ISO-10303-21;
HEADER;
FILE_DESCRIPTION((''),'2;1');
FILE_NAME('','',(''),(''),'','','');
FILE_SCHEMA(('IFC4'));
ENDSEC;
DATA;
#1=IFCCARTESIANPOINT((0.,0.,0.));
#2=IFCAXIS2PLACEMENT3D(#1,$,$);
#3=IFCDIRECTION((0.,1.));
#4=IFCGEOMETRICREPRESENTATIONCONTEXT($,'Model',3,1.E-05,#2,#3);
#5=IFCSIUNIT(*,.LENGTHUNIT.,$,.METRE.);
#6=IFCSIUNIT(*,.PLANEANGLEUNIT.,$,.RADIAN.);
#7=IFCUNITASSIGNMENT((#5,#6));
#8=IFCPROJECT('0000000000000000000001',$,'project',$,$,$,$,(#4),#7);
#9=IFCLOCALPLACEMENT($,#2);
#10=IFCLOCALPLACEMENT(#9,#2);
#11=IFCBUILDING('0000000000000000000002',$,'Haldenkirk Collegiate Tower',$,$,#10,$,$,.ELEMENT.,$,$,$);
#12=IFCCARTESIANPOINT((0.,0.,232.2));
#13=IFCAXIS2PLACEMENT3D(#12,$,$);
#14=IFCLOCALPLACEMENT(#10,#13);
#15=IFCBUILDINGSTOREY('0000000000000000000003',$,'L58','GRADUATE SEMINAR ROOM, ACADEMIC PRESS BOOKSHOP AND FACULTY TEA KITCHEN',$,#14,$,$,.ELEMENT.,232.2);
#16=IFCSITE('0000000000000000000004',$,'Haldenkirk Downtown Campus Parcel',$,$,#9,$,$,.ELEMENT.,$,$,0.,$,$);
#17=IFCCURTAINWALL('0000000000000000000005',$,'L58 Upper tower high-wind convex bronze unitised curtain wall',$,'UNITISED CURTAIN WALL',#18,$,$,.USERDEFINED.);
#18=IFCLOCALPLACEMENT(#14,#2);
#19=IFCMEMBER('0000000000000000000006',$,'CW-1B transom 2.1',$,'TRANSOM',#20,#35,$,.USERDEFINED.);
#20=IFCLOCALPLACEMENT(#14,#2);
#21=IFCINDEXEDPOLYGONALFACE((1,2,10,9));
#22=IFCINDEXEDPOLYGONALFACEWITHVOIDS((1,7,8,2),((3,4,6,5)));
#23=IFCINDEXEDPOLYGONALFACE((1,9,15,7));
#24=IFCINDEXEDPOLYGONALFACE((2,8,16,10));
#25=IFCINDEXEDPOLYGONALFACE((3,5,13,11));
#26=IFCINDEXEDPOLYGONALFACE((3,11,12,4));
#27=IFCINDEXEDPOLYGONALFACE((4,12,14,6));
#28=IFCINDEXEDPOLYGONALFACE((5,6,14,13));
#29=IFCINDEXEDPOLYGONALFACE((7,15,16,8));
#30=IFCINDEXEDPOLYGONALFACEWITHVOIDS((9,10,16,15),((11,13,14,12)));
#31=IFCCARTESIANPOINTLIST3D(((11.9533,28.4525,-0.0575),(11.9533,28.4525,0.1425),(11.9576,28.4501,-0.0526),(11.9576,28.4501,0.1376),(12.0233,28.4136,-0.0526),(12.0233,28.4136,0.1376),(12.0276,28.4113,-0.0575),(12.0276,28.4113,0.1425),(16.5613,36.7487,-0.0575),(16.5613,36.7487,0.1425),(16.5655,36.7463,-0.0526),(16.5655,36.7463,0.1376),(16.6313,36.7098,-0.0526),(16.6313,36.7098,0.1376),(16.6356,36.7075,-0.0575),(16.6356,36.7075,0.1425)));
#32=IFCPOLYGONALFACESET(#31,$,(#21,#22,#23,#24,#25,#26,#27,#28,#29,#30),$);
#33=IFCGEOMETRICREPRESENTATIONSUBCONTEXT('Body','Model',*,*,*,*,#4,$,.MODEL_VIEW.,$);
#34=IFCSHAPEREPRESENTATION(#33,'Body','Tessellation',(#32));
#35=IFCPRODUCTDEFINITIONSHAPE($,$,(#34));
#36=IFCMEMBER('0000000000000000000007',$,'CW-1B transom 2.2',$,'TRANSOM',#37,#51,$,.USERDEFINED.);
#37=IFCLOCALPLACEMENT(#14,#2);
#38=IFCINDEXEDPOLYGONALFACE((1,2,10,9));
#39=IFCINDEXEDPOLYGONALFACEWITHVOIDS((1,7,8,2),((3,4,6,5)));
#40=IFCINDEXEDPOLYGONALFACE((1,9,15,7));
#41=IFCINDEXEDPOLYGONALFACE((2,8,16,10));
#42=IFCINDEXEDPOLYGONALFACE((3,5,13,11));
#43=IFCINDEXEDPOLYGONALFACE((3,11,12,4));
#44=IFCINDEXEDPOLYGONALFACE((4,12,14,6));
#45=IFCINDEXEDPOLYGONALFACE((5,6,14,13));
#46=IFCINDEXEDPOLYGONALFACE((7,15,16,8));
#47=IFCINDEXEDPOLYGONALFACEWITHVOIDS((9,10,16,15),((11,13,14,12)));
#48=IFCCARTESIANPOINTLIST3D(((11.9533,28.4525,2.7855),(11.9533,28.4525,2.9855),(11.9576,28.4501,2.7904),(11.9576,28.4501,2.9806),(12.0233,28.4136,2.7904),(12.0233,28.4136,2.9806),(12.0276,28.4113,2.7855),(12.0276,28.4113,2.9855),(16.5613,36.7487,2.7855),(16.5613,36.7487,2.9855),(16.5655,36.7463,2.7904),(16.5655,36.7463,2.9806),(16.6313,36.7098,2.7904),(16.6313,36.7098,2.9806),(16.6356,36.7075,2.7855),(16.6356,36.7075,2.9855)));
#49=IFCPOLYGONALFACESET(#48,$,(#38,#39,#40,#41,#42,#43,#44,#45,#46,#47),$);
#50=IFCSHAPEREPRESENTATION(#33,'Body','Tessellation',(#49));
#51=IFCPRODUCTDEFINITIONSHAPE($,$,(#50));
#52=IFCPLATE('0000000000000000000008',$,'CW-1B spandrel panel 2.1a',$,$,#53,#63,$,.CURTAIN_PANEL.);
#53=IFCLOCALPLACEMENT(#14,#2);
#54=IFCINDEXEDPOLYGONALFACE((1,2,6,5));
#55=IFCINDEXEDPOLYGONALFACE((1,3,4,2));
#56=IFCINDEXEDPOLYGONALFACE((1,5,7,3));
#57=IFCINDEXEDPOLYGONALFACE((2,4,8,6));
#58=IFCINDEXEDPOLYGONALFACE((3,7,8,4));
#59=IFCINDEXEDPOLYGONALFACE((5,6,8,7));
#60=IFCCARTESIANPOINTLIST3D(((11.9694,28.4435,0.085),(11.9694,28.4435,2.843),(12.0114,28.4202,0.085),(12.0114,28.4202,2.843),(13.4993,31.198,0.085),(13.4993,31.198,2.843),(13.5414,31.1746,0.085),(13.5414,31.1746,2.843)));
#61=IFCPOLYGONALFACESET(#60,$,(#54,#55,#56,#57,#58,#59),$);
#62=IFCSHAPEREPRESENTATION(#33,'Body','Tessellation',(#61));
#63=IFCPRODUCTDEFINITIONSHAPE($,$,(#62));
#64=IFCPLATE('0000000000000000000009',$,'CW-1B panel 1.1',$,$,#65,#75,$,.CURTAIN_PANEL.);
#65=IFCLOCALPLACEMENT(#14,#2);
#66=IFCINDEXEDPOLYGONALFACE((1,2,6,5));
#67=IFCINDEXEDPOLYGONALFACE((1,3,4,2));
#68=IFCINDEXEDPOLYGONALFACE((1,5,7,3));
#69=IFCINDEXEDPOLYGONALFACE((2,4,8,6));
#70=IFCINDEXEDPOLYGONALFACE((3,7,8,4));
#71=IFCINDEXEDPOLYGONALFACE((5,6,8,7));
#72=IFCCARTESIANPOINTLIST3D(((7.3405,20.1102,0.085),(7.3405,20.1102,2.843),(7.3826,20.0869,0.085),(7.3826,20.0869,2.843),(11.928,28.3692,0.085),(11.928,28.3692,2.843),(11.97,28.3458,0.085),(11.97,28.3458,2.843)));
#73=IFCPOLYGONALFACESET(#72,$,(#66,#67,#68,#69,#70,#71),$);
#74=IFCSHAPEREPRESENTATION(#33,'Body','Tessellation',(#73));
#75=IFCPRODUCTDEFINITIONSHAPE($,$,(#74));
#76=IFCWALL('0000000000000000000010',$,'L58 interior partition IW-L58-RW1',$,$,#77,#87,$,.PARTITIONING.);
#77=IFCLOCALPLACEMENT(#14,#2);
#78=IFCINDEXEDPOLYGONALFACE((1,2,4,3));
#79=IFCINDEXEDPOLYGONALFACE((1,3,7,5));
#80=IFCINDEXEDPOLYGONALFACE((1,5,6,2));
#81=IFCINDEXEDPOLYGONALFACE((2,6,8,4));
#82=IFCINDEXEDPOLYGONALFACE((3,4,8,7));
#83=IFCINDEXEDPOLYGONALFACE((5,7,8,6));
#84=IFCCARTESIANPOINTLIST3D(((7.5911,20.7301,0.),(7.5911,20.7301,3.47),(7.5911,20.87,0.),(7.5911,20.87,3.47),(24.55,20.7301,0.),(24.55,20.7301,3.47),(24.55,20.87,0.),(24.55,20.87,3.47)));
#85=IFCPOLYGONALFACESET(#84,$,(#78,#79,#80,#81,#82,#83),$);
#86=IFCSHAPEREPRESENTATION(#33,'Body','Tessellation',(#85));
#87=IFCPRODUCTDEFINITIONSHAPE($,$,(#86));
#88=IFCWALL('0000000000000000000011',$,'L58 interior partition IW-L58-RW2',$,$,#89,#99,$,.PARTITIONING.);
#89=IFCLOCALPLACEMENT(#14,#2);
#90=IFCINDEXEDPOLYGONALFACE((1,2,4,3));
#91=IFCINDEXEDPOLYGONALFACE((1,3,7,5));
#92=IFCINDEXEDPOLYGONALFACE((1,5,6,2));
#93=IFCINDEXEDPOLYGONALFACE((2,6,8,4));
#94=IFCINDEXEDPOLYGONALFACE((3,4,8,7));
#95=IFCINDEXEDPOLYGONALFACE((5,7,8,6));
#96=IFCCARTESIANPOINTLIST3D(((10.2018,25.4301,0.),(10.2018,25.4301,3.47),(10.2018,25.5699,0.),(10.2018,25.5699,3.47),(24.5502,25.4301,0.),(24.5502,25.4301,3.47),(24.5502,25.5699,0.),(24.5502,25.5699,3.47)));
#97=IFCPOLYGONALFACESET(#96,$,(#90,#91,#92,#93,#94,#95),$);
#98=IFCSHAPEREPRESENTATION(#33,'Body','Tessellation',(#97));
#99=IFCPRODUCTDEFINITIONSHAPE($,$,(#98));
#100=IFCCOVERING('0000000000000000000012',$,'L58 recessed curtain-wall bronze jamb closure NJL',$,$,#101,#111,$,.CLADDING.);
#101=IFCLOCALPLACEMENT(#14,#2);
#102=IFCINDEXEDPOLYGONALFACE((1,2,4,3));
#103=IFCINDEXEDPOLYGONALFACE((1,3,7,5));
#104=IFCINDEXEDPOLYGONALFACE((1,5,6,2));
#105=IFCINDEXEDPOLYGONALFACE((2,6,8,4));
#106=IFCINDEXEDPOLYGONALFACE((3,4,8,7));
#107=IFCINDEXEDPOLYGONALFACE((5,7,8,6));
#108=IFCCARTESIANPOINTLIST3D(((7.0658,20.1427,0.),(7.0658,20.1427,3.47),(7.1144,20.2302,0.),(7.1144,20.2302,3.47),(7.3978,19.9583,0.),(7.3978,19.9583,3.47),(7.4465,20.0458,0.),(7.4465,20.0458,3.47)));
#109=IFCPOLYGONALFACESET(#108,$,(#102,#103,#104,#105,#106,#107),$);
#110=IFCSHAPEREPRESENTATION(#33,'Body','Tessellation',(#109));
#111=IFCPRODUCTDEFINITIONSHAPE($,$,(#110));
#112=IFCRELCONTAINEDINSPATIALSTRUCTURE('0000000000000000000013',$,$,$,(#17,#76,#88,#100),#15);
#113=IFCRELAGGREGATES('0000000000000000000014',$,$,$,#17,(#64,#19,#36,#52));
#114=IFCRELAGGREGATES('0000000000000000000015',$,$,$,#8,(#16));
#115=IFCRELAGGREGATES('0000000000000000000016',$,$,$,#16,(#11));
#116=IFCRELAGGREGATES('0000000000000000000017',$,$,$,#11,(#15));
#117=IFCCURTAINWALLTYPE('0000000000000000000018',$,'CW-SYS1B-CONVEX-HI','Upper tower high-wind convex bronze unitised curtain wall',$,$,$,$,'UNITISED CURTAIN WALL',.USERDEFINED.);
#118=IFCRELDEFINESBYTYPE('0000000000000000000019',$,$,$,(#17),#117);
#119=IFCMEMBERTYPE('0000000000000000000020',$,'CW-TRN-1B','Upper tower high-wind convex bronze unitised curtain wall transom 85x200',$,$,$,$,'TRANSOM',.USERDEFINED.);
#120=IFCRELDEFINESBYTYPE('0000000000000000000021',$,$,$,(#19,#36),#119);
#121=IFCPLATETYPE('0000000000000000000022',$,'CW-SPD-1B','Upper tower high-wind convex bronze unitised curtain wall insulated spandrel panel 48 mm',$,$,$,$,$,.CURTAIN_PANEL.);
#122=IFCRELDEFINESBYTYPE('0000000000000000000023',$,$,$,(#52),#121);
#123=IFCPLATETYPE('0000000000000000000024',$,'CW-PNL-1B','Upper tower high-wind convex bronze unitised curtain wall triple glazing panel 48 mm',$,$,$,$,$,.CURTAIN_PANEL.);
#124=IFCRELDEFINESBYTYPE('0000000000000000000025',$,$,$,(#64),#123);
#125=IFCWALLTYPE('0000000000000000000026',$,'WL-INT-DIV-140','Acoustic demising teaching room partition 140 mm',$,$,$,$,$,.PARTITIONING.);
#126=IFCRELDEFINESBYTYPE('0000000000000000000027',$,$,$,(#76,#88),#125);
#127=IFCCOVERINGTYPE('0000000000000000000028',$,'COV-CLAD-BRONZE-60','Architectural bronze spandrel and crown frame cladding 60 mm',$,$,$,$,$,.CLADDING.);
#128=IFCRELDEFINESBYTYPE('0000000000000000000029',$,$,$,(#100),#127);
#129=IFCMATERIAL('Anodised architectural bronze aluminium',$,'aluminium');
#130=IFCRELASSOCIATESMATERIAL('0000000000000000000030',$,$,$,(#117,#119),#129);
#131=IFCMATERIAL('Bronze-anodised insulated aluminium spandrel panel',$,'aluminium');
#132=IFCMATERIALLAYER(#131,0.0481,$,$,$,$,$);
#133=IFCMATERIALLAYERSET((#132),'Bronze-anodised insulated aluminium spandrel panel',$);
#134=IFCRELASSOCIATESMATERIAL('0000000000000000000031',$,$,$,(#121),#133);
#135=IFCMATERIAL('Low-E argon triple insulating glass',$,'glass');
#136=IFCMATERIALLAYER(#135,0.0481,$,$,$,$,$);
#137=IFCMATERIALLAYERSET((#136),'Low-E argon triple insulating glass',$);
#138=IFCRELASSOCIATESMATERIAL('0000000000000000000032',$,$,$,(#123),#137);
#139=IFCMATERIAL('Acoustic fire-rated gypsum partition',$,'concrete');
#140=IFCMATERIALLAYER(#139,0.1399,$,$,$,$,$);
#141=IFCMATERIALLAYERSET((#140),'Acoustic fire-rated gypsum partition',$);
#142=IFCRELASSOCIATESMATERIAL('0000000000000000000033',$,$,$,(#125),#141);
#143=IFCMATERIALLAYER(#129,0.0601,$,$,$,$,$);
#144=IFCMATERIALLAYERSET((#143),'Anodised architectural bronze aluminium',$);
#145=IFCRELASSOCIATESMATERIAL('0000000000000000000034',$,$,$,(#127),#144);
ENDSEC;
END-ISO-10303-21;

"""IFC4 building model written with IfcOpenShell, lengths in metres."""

from ifc_helpers import new_model, si_unit, direction, frame, frame_2d, origin, origin_2d, place, context, subcontext, project, spatial, rectangle, hollow_rectangle, extrude, source, transform, mapped, material, layer, layer_set, material_profile, profile_set, type_object, element, aggregate, save


model = new_model("IFC4")

# Units and contexts
model_context = context("Model", 3, precision=1e-05, world=origin(), true_north=direction((0.0, 1.0)))
body_context = subcontext(model_context, "Body", "Model", "MODEL_VIEW")
ifc_project = project(units=[si_unit("LENGTHUNIT", "METRE"), si_unit("PLANEANGLEUNIT", "RADIAN")], contexts=[model_context])

# Site, building, storey
site_placement = place(None, origin())
site = spatial("IfcSite", under=ifc_project, at=site_placement, Name="Haldenkirk Downtown Campus Parcel", CompositionType="ELEMENT", RefElevation=0.0)
building_placement = place(site_placement, origin())
building = spatial("IfcBuilding", under=site, at=building_placement, Name="Haldenkirk Collegiate Tower", CompositionType="ELEMENT")
storey_placement = place(building_placement, frame((0.0, 0.0, 232.2)))
storey = spatial("IfcBuildingStorey", under=building, at=storey_placement, Name="L58", Description="GRADUATE SEMINAR ROOM, ACADEMIC PRESS BOOKSHOP AND FACULTY TEA KITCHEN", CompositionType="ELEMENT", Elevation=232.2)

# Curtain wall, members, plates
ifc_material_1 = material(Name="Anodised architectural bronze aluminium", Category="aluminium")
curtain_wall_type = type_object("IfcCurtainWallType", Name="CW-SYS1B-CONVEX-HI", Description="Upper tower high-wind convex bronze unitised curtain wall", ElementType="UNITISED CURTAIN WALL", PredefinedType="USERDEFINED", material=ifc_material_1)
curtain_wall_placement = place(storey_placement, origin())
curtain_wall = element("IfcCurtainWall", 1, at=curtain_wall_placement, inside=storey, type_object=curtain_wall_type, Name="L58 Upper tower high-wind convex bronze unitised curtain wall", ObjectType="UNITISED CURTAIN WALL", PredefinedType="USERDEFINED")
ifc_material_profile_1 = material_profile(ifc_material_1, hollow_rectangle(XDim=0.085, YDim=0.2, WallThickness=0.0049, at=origin_2d()), Name="CW-TRN-1B")
ifc_profile_set_1 = profile_set([ifc_material_profile_1], Name="Anodised architectural bronze aluminium")
member_type_1 = type_object("IfcMemberType", Name="CW-TRN-1B", Description="Upper tower high-wind convex bronze unitised curtain wall transom 85x200", ElementType="TRANSOM", PredefinedType="USERDEFINED", material=ifc_profile_set_1)
member_1_placement = place(storey_placement, frame((11.9905, 28.4319, 0.0425), z_axis=(0.485558, 0.874205, 0.0), x_axis=(-0.874205, 0.485558, 0.0)))
member_1 = element("IfcMember", 2, at=member_1_placement, type_object=member_type_1, Name="CW-1B transom 2.1", ObjectType="TRANSOM", PredefinedType="USERDEFINED", context=body_context, shape_type="SweptSolid", body=[
    extrude(hollow_rectangle(XDim=0.085, YDim=0.2, WallThickness=0.0049, at=origin_2d()), origin(), (0.0, 0.0, 1.0), 9.49),
])
member_2_placement = place(storey_placement, frame((11.9905, 28.4319, 2.8855), z_axis=(0.485558, 0.874205, 0.0), x_axis=(-0.874205, 0.485558, 0.0)))
member_2 = element("IfcMember", 3, at=member_2_placement, type_object=member_type_1, Name="CW-1B transom 2.2", ObjectType="TRANSOM", PredefinedType="USERDEFINED", context=body_context, shape_type="SweptSolid", body=[
    extrude(hollow_rectangle(XDim=0.085, YDim=0.2, WallThickness=0.0049, at=origin_2d()), origin(), (0.0, 0.0, 1.0), 9.49),
])
ifc_material_2 = material(Name="Bronze-anodised insulated aluminium spandrel panel", Category="aluminium")
ifc_layer_1 = layer(ifc_material_2, 0.0481)
ifc_layer_set_1 = layer_set([ifc_layer_1], Name="Bronze-anodised insulated aluminium spandrel panel")
plate_type_1 = type_object("IfcPlateType", Name="CW-SPD-1B", Description="Upper tower high-wind convex bronze unitised curtain wall insulated spandrel panel 48 mm", PredefinedType="CURTAIN_PANEL", material=ifc_layer_set_1)
shared_shape_1 = source(origin(), body_context, "Body", "SweptSolid", [
    extrude(rectangle(XDim=3.1509, YDim=0.0481, at=origin_2d()), origin(), (0.0, 0.0, 1.0), 2.7581),
])
plate_1_placement = place(storey_placement, frame((12.7554, 29.8091, 0.085), z_axis=(0.0, 0.0, 1.0), x_axis=(0.485572, 0.874197, 0.0)))
plate_1 = element("IfcPlate", 4, at=plate_1_placement, type_object=plate_type_1, Name="CW-1B spandrel panel 2.1a", PredefinedType="CURTAIN_PANEL", context=body_context, shape_type="MappedRepresentation", body=[
    mapped(shared_shape_1, transform((0.0, 0.0, 0.0), x_axis=(1.0, 0.0, 0.0), y_axis=(0.0, 1.0, 0.0), z_axis=(0.0, 0.0, 1.0), scale=1.0)),
])
ifc_material_3 = material(Name="Low-E argon triple insulating glass", Category="glass")
ifc_layer_2 = layer(ifc_material_3, 0.0481)
ifc_layer_set_2 = layer_set([ifc_layer_2], Name="Low-E argon triple insulating glass")
plate_type_2 = type_object("IfcPlateType", Name="CW-PNL-1B", Description="Upper tower high-wind convex bronze unitised curtain wall triple glazing panel 48 mm", PredefinedType="CURTAIN_PANEL", material=ifc_layer_set_2)
shared_shape_2 = source(origin(), body_context, "Body", "SweptSolid", [
    extrude(rectangle(XDim=9.4475, YDim=0.0481, at=origin_2d()), origin(), (0.0, 0.0, 1.0), 2.7581),
])
plate_2_placement = place(storey_placement, frame((9.6553, 24.228, 0.085), z_axis=(0.0, 0.0, 1.0), x_axis=(0.485572, 0.874197, 0.0)))
plate_2 = element("IfcPlate", 5, at=plate_2_placement, type_object=plate_type_2, Name="CW-1B panel 1.1", PredefinedType="CURTAIN_PANEL", context=body_context, shape_type="MappedRepresentation", body=[
    mapped(shared_shape_2, transform((0.0, 0.0, 0.0), x_axis=(1.0, 0.0, 0.0), y_axis=(0.0, 1.0, 0.0), z_axis=(0.0, 0.0, 1.0), scale=1.0)),
])
aggregate(curtain_wall, [plate_2, member_1, member_2, plate_1])

# Walls
ifc_material_4 = material(Name="Acoustic fire-rated gypsum partition", Category="concrete")
ifc_layer_3 = layer(ifc_material_4, 0.1399)
ifc_layer_set_3 = layer_set([ifc_layer_3], Name="Acoustic fire-rated gypsum partition")
wall_type = type_object("IfcWallType", Name="WL-INT-DIV-140", Description="Acoustic demising teaching room partition 140 mm", PredefinedType="PARTITIONING", material=ifc_layer_set_3)
wall_1_placement = place(storey_placement, frame((7.5911, 20.8, 0.0), z_axis=(0.0, 0.0, 1.0), x_axis=(1.0, 0.0, 0.0)))
element("IfcWall", 6, at=wall_1_placement, inside=storey, type_object=wall_type, Name="L58 interior partition IW-L58-RW1", PredefinedType="PARTITIONING", context=body_context, shape_type="SweptSolid", body=[
    extrude(rectangle(XDim=16.959, YDim=0.1399, at=frame_2d((8.4795, 0.0))), origin(), (0.0, 0.0, 1.0), 3.47),
])
wall_2_placement = place(storey_placement, frame((10.2017, 25.5, 0.0), z_axis=(0.0, 0.0, 1.0), x_axis=(1.0, 0.0, 0.0)))
element("IfcWall", 7, at=wall_2_placement, inside=storey, type_object=wall_type, Name="L58 interior partition IW-L58-RW2", PredefinedType="PARTITIONING", context=body_context, shape_type="SweptSolid", body=[
    extrude(rectangle(XDim=14.3484, YDim=0.1399, at=frame_2d((7.1743, 0.0))), origin(), (0.0, 0.0, 1.0), 3.47),
])

# Covering
ifc_layer_4 = layer(ifc_material_1, 0.0601)
ifc_layer_set_4 = layer_set([ifc_layer_4], Name="Anodised architectural bronze aluminium")
covering_type = type_object("IfcCoveringType", Name="COV-CLAD-BRONZE-60", Description="Architectural bronze spandrel and crown frame cladding 60 mm", PredefinedType="CLADDING", material=ifc_layer_set_4)
shared_shape_3 = source(origin(), body_context, "Body", "SweptSolid", [
    extrude(rectangle(XDim=0.1001, YDim=0.3799, at=origin_2d()), origin(), (0.0, 0.0, 1.0), 3.47),
])
covering_placement = place(storey_placement, frame((7.2561, 20.0942, 0.0), z_axis=(0.0, 0.0, 1.0), x_axis=(0.485573, 0.874196, 0.0)))
element("IfcCovering", 8, at=covering_placement, inside=storey, type_object=covering_type, Name="L58 recessed curtain-wall bronze jamb closure NJL", PredefinedType="CLADDING", context=body_context, shape_type="MappedRepresentation", body=[
    mapped(shared_shape_3, transform((0.0, 0.0, 0.0), x_axis=(1.0, 0.0, 0.0), y_axis=(0.0, 1.0, 0.0), z_axis=(0.0, 0.0, 1.0), scale=1.0)),
])

save(model, "model.ifc")
